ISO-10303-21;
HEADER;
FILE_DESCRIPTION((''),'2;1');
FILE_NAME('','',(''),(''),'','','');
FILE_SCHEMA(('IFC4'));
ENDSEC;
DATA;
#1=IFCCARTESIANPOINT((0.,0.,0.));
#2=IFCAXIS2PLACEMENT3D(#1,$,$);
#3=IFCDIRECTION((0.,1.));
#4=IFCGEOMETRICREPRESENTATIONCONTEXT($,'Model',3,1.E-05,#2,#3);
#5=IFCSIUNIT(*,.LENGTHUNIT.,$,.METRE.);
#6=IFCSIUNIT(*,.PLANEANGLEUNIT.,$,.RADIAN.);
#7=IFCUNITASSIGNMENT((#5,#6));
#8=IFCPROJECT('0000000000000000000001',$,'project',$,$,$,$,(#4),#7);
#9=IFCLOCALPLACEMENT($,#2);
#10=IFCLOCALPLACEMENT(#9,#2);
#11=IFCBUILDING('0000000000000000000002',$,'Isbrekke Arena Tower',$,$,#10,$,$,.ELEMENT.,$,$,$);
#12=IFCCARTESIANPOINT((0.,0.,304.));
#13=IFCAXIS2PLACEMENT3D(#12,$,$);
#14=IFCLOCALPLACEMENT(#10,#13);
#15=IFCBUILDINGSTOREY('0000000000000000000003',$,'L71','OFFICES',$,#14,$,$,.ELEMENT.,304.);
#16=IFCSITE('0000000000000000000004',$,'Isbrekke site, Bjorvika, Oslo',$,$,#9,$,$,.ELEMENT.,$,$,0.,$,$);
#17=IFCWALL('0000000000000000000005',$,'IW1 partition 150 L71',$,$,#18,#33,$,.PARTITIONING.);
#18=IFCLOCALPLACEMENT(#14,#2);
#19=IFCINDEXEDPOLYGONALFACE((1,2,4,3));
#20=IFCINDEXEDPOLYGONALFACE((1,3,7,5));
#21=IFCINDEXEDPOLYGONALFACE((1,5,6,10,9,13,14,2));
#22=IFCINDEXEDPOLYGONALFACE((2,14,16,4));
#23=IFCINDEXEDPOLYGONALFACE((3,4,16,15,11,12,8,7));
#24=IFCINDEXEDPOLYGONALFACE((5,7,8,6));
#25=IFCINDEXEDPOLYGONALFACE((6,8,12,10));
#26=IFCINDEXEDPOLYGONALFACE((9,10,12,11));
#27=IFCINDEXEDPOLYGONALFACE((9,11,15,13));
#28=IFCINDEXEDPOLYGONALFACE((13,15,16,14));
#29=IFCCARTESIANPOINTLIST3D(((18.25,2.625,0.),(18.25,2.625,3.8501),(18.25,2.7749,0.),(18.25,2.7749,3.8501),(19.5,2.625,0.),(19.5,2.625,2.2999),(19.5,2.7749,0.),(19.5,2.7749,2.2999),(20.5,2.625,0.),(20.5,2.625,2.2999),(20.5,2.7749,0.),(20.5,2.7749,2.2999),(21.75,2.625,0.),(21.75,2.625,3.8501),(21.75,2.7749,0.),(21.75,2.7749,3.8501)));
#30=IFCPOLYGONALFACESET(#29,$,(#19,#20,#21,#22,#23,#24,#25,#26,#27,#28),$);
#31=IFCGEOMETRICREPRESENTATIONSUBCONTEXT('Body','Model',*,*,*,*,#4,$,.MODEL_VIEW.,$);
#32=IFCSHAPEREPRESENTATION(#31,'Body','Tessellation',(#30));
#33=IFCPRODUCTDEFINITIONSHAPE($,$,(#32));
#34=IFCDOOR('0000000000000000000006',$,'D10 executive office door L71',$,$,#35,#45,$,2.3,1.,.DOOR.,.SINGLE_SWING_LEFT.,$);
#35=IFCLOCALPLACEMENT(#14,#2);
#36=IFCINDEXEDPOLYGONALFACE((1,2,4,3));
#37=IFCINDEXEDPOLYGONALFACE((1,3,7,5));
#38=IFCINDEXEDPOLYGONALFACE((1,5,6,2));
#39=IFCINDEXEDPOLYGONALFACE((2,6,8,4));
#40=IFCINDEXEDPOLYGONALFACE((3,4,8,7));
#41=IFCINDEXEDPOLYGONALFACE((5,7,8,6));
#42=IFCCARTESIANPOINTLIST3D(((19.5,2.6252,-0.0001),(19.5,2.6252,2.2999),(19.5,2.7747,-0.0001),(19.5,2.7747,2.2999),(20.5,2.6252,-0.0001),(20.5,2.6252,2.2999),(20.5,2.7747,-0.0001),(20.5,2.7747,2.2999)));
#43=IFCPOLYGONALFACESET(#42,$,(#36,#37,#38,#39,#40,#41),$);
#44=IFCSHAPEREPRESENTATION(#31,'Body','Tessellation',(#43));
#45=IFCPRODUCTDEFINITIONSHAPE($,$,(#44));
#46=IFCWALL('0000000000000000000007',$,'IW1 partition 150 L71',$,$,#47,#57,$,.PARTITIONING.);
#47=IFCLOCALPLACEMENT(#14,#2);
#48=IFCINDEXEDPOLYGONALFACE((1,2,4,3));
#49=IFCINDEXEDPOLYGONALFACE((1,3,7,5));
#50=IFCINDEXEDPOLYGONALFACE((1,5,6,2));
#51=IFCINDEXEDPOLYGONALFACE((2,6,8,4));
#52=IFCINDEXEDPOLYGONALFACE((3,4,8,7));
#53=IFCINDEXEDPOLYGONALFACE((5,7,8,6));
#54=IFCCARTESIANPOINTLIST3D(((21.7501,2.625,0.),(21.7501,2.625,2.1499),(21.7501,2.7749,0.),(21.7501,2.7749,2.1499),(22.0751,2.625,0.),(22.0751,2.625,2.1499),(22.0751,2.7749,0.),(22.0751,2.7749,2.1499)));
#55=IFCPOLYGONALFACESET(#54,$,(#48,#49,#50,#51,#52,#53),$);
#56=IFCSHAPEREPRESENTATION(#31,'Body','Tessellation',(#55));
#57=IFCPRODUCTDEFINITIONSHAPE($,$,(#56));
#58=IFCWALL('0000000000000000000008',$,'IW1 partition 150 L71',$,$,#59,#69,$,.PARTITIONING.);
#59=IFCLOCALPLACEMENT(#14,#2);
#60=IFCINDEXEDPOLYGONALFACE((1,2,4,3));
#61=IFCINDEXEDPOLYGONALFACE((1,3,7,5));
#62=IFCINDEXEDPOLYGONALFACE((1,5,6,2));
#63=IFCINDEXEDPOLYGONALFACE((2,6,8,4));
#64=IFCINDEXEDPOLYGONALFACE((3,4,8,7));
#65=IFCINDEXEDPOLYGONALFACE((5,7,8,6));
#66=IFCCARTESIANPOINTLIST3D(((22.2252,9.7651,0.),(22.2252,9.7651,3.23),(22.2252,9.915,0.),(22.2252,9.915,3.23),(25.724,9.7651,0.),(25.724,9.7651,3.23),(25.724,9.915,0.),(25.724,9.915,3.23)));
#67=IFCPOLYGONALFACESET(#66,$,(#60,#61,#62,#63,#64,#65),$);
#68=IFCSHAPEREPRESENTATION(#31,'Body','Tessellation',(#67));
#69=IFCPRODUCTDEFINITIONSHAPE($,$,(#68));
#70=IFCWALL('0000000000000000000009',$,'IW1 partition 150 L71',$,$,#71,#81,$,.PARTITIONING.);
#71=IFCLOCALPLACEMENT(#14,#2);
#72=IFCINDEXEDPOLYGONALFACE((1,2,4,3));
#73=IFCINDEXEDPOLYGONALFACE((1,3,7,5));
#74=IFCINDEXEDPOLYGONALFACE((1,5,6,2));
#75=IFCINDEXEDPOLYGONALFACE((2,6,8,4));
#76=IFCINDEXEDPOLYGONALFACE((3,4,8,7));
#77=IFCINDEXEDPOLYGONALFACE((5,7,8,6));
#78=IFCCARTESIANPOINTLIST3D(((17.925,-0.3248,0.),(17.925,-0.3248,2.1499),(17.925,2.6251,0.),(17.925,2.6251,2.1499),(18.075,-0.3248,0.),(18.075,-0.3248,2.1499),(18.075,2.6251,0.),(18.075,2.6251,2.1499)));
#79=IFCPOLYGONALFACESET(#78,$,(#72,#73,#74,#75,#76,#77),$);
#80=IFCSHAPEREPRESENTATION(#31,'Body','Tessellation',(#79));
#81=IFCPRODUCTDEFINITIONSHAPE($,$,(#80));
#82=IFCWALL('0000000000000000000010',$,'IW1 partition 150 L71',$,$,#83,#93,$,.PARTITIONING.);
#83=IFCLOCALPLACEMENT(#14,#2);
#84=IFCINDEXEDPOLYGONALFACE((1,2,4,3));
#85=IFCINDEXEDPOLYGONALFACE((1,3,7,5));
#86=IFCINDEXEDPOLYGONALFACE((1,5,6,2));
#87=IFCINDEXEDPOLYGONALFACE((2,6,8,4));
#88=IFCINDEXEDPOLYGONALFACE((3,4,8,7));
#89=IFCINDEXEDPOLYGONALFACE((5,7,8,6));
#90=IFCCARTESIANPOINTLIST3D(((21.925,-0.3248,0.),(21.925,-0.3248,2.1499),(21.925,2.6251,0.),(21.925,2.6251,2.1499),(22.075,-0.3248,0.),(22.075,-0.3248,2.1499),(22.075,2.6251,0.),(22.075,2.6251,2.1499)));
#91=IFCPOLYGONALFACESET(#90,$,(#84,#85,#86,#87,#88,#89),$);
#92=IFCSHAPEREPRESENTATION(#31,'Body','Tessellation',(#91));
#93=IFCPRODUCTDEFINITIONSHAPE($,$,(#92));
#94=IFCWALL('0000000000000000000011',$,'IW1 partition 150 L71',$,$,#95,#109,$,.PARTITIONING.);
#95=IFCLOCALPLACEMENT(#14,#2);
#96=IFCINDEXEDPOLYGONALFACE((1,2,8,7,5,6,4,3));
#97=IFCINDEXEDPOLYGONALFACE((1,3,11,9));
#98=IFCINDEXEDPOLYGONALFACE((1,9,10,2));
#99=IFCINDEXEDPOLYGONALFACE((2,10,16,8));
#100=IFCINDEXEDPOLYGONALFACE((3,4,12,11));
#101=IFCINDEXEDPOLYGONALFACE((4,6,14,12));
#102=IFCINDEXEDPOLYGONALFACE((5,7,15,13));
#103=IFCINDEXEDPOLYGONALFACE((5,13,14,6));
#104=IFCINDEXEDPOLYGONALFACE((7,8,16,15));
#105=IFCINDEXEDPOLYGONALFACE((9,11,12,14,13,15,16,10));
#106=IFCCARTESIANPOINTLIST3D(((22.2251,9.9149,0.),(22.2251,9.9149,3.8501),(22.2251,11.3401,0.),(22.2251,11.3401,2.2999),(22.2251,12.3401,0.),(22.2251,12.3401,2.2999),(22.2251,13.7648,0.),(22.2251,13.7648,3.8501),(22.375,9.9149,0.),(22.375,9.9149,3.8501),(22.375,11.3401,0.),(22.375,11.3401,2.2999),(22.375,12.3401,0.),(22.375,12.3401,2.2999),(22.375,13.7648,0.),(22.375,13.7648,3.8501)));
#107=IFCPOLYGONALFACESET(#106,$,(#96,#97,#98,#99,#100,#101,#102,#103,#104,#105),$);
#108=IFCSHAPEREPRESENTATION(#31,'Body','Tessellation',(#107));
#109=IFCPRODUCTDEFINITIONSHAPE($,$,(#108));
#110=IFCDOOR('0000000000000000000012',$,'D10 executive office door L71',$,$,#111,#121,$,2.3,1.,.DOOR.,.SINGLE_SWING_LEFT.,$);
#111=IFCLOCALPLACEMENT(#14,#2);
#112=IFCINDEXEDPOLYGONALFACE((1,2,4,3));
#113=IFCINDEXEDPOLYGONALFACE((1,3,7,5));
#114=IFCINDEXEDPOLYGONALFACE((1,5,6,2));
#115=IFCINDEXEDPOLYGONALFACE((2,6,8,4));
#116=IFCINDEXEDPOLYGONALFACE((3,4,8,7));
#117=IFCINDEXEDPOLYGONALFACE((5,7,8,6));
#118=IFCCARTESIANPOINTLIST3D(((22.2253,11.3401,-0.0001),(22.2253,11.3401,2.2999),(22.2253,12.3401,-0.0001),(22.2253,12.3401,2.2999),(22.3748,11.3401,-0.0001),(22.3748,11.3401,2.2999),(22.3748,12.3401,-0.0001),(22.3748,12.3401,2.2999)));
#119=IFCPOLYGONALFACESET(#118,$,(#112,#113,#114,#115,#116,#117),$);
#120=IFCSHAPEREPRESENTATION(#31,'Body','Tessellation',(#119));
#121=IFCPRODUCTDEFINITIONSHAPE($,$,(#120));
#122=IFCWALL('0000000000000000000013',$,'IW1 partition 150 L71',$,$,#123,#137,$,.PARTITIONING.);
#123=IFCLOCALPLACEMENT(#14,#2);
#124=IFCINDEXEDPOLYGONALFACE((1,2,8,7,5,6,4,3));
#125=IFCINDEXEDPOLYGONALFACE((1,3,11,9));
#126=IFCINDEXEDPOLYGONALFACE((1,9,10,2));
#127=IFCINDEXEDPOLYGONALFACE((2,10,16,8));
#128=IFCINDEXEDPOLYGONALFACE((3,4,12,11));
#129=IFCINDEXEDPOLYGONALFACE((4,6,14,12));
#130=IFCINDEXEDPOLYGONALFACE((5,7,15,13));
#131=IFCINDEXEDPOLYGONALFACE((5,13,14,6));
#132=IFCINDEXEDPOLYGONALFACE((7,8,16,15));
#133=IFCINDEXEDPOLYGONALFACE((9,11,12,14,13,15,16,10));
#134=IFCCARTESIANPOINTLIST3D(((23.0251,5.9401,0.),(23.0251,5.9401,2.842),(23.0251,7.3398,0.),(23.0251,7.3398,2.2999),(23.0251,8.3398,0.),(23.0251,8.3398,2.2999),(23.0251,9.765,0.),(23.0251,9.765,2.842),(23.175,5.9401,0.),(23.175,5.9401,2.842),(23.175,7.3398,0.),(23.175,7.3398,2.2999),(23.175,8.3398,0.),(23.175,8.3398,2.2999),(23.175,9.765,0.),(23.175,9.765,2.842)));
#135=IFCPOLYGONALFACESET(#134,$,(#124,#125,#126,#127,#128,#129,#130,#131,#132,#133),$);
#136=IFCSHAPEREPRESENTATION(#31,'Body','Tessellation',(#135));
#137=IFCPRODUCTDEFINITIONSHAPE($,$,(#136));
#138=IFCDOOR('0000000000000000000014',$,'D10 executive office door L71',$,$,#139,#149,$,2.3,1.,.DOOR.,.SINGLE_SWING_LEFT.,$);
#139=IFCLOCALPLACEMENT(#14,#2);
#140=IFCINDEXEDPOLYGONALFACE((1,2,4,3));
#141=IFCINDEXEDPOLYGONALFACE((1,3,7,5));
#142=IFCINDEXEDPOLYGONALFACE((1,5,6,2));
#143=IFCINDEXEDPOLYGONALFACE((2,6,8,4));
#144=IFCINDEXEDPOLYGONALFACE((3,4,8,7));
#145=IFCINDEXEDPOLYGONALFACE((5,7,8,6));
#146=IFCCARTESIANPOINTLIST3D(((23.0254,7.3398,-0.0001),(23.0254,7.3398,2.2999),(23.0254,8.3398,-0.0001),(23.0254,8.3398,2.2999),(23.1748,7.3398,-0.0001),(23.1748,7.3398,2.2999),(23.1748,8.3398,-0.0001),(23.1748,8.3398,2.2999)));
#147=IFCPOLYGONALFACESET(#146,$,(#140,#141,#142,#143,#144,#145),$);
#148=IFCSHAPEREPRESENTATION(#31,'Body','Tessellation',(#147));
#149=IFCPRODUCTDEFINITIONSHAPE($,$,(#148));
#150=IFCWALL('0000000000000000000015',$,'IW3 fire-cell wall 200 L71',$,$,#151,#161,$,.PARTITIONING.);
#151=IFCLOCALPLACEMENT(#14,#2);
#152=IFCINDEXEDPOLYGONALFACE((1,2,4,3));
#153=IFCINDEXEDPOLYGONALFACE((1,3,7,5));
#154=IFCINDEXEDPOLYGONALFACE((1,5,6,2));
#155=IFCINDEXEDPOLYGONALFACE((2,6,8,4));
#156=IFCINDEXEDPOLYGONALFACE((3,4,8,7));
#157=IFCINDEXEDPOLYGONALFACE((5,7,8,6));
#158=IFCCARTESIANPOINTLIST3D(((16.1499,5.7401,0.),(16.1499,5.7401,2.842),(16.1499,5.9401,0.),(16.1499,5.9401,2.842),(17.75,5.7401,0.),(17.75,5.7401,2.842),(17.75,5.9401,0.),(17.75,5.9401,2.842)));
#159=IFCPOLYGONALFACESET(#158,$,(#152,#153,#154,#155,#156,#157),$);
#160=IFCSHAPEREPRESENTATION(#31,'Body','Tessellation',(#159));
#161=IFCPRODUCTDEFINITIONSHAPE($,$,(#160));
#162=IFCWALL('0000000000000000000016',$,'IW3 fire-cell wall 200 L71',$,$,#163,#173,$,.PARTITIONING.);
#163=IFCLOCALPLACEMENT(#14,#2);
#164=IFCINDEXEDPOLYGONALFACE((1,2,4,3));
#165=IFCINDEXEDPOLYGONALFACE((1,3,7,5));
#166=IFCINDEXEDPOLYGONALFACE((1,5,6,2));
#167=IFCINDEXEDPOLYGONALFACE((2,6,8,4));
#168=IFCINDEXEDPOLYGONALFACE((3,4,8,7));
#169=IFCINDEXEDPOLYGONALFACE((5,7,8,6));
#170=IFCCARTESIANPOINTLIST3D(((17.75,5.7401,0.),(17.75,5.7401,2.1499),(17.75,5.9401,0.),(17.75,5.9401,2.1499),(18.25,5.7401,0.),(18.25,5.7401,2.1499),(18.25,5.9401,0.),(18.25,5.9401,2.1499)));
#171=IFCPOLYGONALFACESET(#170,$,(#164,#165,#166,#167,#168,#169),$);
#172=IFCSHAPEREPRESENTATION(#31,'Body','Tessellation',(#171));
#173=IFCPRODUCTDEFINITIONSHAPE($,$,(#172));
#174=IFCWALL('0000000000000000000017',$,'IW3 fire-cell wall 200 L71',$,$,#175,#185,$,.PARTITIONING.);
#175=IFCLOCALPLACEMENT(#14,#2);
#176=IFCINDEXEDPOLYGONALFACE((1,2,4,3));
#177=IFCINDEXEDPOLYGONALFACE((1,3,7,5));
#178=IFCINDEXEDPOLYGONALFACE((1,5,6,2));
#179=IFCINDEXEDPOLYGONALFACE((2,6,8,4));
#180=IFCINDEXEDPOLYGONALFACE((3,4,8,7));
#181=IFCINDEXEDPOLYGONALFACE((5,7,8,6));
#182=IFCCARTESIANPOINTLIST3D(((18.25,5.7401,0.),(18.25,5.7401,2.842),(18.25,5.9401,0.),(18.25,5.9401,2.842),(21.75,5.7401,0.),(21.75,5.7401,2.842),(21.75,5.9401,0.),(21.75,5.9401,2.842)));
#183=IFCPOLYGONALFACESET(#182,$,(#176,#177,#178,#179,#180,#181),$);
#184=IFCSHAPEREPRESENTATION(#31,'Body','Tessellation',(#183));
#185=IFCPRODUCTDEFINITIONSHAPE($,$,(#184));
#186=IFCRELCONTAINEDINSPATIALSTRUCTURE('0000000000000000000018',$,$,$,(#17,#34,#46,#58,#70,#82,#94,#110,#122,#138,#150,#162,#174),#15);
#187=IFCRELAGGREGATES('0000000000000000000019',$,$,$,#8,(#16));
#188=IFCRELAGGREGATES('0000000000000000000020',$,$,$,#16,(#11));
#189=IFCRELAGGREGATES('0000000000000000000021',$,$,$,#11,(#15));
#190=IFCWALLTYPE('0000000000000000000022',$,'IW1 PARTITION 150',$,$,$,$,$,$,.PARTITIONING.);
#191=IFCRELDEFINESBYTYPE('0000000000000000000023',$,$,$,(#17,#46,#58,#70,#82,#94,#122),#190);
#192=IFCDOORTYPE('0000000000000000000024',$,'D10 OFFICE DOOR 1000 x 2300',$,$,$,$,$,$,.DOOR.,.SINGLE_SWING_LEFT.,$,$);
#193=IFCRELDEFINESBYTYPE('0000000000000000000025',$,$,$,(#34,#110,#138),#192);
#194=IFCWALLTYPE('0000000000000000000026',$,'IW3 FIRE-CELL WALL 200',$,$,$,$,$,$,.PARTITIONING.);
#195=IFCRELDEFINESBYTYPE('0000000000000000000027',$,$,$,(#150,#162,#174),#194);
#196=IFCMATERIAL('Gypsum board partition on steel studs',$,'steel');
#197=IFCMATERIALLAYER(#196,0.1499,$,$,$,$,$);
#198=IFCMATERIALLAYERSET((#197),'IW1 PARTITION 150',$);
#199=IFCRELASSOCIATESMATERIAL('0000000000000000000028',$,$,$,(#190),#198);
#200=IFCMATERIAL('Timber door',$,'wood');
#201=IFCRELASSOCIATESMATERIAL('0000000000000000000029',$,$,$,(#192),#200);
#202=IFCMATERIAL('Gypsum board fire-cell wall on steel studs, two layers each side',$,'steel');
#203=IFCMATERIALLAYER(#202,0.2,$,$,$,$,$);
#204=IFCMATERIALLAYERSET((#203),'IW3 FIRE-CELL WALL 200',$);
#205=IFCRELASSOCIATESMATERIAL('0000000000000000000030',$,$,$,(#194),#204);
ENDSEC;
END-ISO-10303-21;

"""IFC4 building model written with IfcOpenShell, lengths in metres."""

from ifc_helpers import new_model, si_unit, direction, frame, frame_2d, origin, place, context, subcontext, project, spatial, rectangle, extrude, material, layer, layer_set, type_object, element, fill, save


model = new_model("IFC4")

# Units and contexts
model_context = context("Model", 3, precision=1e-05, world=origin(), true_north=direction((0.0, 1.0)))
body_context = subcontext(model_context, "Body", "Model", "MODEL_VIEW")
ifc_project = project(units=[si_unit("LENGTHUNIT", "METRE"), si_unit("PLANEANGLEUNIT", "RADIAN")], contexts=[model_context])

# Site, building, storey
site_placement = place(None, origin())
site = spatial("IfcSite", under=ifc_project, at=site_placement, Name="Isbrekke site, Bjorvika, Oslo", CompositionType="ELEMENT", RefElevation=0.0)
building_placement = place(site_placement, origin())
building = spatial("IfcBuilding", under=site, at=building_placement, Name="Isbrekke Arena Tower", CompositionType="ELEMENT")
storey_placement = place(building_placement, frame((0.0, 0.0, 304.0)))
storey = spatial("IfcBuildingStorey", under=building, at=storey_placement, Name="L71", Description="OFFICES", CompositionType="ELEMENT", Elevation=304.0)

# Shared definitions
ifc_material_1 = material(Name="Gypsum board partition on steel studs", Category="steel")
ifc_layer_1 = layer(ifc_material_1, 0.1499)
ifc_layer_set_1 = layer_set([ifc_layer_1], Name="IW1 PARTITION 150")
wall_type_1 = type_object("IfcWallType", Name="IW1 PARTITION 150", PredefinedType="PARTITIONING", material=ifc_layer_set_1)

# Wall, opening, door
wall_1_placement = place(storey_placement, frame((18.25, 2.7, 0.0), z_axis=(0.0, 0.0, 1.0), x_axis=(1.0, 0.0, 0.0)))
wall_1 = element("IfcWall", 1, at=wall_1_placement, inside=storey, type_object=wall_type_1, Name="IW1 partition 150 L71", PredefinedType="PARTITIONING", context=body_context, shape_type="SweptSolid", body=[
    extrude(rectangle(XDim=3.5, YDim=0.1499, at=frame_2d((1.75, 0.0))), origin(), (0.0, 0.0, 1.0), 3.8501),
])
opening_1_placement = place(wall_1_placement, frame((1.25, 0.0, 0.0)))
opening_1 = element("IfcOpeningElement", 2, at=opening_1_placement, cuts=wall_1, PredefinedType="OPENING", context=body_context, shape_type="SweptSolid", body=[
    extrude(rectangle(XDim=1.0, YDim=2.3, at=frame_2d((0.5, 1.1499))), frame((0.0, 0.0898, 0.0), z_axis=(0.0, -1.0, 0.0), x_axis=(1.0, 0.0, 0.0)), (0.0, 0.0, 1.0), 0.1797),
])
ifc_material_2 = material(Name="Timber door", Category="wood")
door_type = type_object("IfcDoorType", Name="D10 OFFICE DOOR 1000 x 2300", OperationType="SINGLE_SWING_LEFT", PredefinedType="DOOR", material=ifc_material_2)
door_1_placement = place(opening_1_placement, origin())
door_1 = element("IfcDoor", 3, at=door_1_placement, inside=storey, type_object=door_type, Name="D10 executive office door L71", OperationType="SINGLE_SWING_LEFT", OverallHeight=2.3, OverallWidth=1.0, PredefinedType="DOOR", context=body_context, shape_type="SweptSolid", body=[
    extrude(rectangle(XDim=1.0, YDim=2.3, at=frame_2d((0.5, 1.1499))), frame((0.0, 0.0747, 0.0), z_axis=(0.0, -1.0, 0.0), x_axis=(1.0, 0.0, 0.0)), (0.0, 0.0, 1.0), 0.1494),
])
fill(opening_1, door_1)

# Walls
wall_2_placement = place(storey_placement, frame((21.75, 2.7, 0.0), z_axis=(0.0, 0.0, 1.0), x_axis=(1.0, 0.0, 0.0)))
element("IfcWall", 4, at=wall_2_placement, inside=storey, type_object=wall_type_1, Name="IW1 partition 150 L71", PredefinedType="PARTITIONING", context=body_context, shape_type="SweptSolid", body=[
    extrude(rectangle(XDim=0.325, YDim=0.1499, at=frame_2d((0.1626, 0.0))), origin(), (0.0, 0.0, 1.0), 2.1499),
])
wall_3_placement = place(storey_placement, frame((22.2251, 9.8401, 0.0), z_axis=(0.0, 0.0, 1.0), x_axis=(1.0, 0.0, 0.0)))
element("IfcWall", 5, at=wall_3_placement, inside=storey, type_object=wall_type_1, Name="IW1 partition 150 L71", PredefinedType="PARTITIONING", context=body_context, shape_type="SweptSolid", body=[
    extrude(rectangle(XDim=3.4988, YDim=0.1499, at=frame_2d((1.7495, 0.0))), origin(), (0.0, 0.0, 1.0), 3.23),
])
for number, where, z_axis, x_axis, name in (
    (6, (18.0, -0.325, 0.0), (0.0, 0.0, 1.0), (0.0, 1.0, 0.0), "IW1 partition 150 L71"),
    (7, (22.0, -0.325, 0.0), (0.0, 0.0, 1.0), (0.0, 1.0, 0.0), "IW1 partition 150 L71"),
):
    element("IfcWall", number, at=place(storey_placement, frame(where, z_axis=z_axis, x_axis=x_axis)), inside=storey, type_object=wall_type_1, Name=name, PredefinedType="PARTITIONING", context=body_context, shape_type="SweptSolid", body=[
        extrude(rectangle(XDim=2.95, YDim=0.1499, at=frame_2d((1.4751, 0.0))), origin(), (0.0, 0.0, 1.0), 2.1499),
    ])

# Walls, openings, doors
wall_4_placement = place(storey_placement, frame((22.3, 9.915, 0.0), z_axis=(0.0, 0.0, 1.0), x_axis=(0.0, 1.0, 0.0)))
wall_4 = element("IfcWall", 8, at=wall_4_placement, inside=storey, type_object=wall_type_1, Name="IW1 partition 150 L71", PredefinedType="PARTITIONING", context=body_context, shape_type="SweptSolid", body=[
    extrude(rectangle(XDim=3.8499, YDim=0.1499, at=frame_2d((1.9248, 0.0))), origin(), (0.0, 0.0, 1.0), 3.8501),
])
opening_2_placement = place(wall_4_placement, frame((1.425, 0.0, 0.0)))
opening_2 = element("IfcOpeningElement", 9, at=opening_2_placement, cuts=wall_4, PredefinedType="OPENING", context=body_context, shape_type="SweptSolid", body=[
    extrude(rectangle(XDim=1.0, YDim=2.3, at=frame_2d((0.5, 1.1499))), frame((0.0, 0.0898, 0.0), z_axis=(0.0, -1.0, 0.0), x_axis=(1.0, 0.0, 0.0)), (0.0, 0.0, 1.0), 0.1797),
])
door_2_placement = place(opening_2_placement, origin())
door_2 = element("IfcDoor", 10, at=door_2_placement, inside=storey, type_object=door_type, Name="D10 executive office door L71", OperationType="SINGLE_SWING_LEFT", OverallHeight=2.3, OverallWidth=1.0, PredefinedType="DOOR", context=body_context, shape_type="SweptSolid", body=[
    extrude(rectangle(XDim=1.0, YDim=2.3, at=frame_2d((0.5, 1.1499))), frame((0.0, 0.0747, 0.0), z_axis=(0.0, -1.0, 0.0), x_axis=(1.0, 0.0, 0.0)), (0.0, 0.0, 1.0), 0.1494),
])
fill(opening_2, door_2)
wall_5_placement = place(storey_placement, frame((23.1001, 5.9399, 0.0), z_axis=(0.0, 0.0, 1.0), x_axis=(0.0, 1.0, 0.0)))
wall_5 = element("IfcWall", 11, at=wall_5_placement, inside=storey, type_object=wall_type_1, Name="IW1 partition 150 L71", PredefinedType="PARTITIONING", context=body_context, shape_type="SweptSolid", body=[
    extrude(rectangle(XDim=3.825, YDim=0.1499, at=frame_2d((1.9126, 0.0))), origin(), (0.0, 0.0, 1.0), 2.842),
])
opening_3_placement = place(wall_5_placement, frame((1.3999, 0.0, 0.0)))
opening_3 = element("IfcOpeningElement", 12, at=opening_3_placement, cuts=wall_5, PredefinedType="OPENING", context=body_context, shape_type="SweptSolid", body=[
    extrude(rectangle(XDim=1.0, YDim=2.3, at=frame_2d((0.5, 1.1499))), frame((0.0, 0.0898, 0.0), z_axis=(0.0, -1.0, 0.0), x_axis=(1.0, 0.0, 0.0)), (0.0, 0.0, 1.0), 0.1797),
])
door_3_placement = place(opening_3_placement, origin())
door_3 = element("IfcDoor", 13, at=door_3_placement, inside=storey, type_object=door_type, Name="D10 executive office door L71", OperationType="SINGLE_SWING_LEFT", OverallHeight=2.3, OverallWidth=1.0, PredefinedType="DOOR", context=body_context, shape_type="SweptSolid", body=[
    extrude(rectangle(XDim=1.0, YDim=2.3, at=frame_2d((0.5, 1.1499))), frame((0.0, 0.0747, 0.0), z_axis=(0.0, -1.0, 0.0), x_axis=(1.0, 0.0, 0.0)), (0.0, 0.0, 1.0), 0.1494),
])
fill(opening_3, door_3)

# Walls
ifc_material_3 = material(Name="Gypsum board fire-cell wall on steel studs, two layers each side", Category="steel")
ifc_layer_2 = layer(ifc_material_3, 0.2)
ifc_layer_set_2 = layer_set([ifc_layer_2], Name="IW3 FIRE-CELL WALL 200")
wall_type_2 = type_object("IfcWallType", Name="IW3 FIRE-CELL WALL 200", PredefinedType="PARTITIONING", material=ifc_layer_set_2)
wall_6_placement = place(storey_placement, frame((16.1499, 5.8401, 0.0), z_axis=(0.0, 0.0, 1.0), x_axis=(1.0, 0.0, 0.0)))
element("IfcWall", 14, at=wall_6_placement, inside=storey, type_object=wall_type_2, Name="IW3 fire-cell wall 200 L71", PredefinedType="PARTITIONING", context=body_context, shape_type="SweptSolid", body=[
    extrude(rectangle(XDim=1.6001, YDim=0.2, at=frame_2d((0.8, 0.0))), origin(), (0.0, 0.0, 1.0), 2.842),
])
wall_7_placement = place(storey_placement, frame((17.75, 5.8401, 0.0), z_axis=(0.0, 0.0, 1.0), x_axis=(1.0, 0.0, 0.0)))
element("IfcWall", 15, at=wall_7_placement, inside=storey, type_object=wall_type_2, Name="IW3 fire-cell wall 200 L71", PredefinedType="PARTITIONING", context=body_context, shape_type="SweptSolid", body=[
    extrude(rectangle(XDim=0.5, YDim=0.2, at=frame_2d((0.25, 0.0))), origin(), (0.0, 0.0, 1.0), 2.1499),
])
wall_8_placement = place(storey_placement, frame((18.25, 5.8401, 0.0), z_axis=(0.0, 0.0, 1.0), x_axis=(1.0, 0.0, 0.0)))
element("IfcWall", 16, at=wall_8_placement, inside=storey, type_object=wall_type_2, Name="IW3 fire-cell wall 200 L71", PredefinedType="PARTITIONING", context=body_context, shape_type="SweptSolid", body=[
    extrude(rectangle(XDim=3.5, YDim=0.2, at=frame_2d((1.75, 0.0))), origin(), (0.0, 0.0, 1.0), 2.842),
])

save(model, "model.ifc")
